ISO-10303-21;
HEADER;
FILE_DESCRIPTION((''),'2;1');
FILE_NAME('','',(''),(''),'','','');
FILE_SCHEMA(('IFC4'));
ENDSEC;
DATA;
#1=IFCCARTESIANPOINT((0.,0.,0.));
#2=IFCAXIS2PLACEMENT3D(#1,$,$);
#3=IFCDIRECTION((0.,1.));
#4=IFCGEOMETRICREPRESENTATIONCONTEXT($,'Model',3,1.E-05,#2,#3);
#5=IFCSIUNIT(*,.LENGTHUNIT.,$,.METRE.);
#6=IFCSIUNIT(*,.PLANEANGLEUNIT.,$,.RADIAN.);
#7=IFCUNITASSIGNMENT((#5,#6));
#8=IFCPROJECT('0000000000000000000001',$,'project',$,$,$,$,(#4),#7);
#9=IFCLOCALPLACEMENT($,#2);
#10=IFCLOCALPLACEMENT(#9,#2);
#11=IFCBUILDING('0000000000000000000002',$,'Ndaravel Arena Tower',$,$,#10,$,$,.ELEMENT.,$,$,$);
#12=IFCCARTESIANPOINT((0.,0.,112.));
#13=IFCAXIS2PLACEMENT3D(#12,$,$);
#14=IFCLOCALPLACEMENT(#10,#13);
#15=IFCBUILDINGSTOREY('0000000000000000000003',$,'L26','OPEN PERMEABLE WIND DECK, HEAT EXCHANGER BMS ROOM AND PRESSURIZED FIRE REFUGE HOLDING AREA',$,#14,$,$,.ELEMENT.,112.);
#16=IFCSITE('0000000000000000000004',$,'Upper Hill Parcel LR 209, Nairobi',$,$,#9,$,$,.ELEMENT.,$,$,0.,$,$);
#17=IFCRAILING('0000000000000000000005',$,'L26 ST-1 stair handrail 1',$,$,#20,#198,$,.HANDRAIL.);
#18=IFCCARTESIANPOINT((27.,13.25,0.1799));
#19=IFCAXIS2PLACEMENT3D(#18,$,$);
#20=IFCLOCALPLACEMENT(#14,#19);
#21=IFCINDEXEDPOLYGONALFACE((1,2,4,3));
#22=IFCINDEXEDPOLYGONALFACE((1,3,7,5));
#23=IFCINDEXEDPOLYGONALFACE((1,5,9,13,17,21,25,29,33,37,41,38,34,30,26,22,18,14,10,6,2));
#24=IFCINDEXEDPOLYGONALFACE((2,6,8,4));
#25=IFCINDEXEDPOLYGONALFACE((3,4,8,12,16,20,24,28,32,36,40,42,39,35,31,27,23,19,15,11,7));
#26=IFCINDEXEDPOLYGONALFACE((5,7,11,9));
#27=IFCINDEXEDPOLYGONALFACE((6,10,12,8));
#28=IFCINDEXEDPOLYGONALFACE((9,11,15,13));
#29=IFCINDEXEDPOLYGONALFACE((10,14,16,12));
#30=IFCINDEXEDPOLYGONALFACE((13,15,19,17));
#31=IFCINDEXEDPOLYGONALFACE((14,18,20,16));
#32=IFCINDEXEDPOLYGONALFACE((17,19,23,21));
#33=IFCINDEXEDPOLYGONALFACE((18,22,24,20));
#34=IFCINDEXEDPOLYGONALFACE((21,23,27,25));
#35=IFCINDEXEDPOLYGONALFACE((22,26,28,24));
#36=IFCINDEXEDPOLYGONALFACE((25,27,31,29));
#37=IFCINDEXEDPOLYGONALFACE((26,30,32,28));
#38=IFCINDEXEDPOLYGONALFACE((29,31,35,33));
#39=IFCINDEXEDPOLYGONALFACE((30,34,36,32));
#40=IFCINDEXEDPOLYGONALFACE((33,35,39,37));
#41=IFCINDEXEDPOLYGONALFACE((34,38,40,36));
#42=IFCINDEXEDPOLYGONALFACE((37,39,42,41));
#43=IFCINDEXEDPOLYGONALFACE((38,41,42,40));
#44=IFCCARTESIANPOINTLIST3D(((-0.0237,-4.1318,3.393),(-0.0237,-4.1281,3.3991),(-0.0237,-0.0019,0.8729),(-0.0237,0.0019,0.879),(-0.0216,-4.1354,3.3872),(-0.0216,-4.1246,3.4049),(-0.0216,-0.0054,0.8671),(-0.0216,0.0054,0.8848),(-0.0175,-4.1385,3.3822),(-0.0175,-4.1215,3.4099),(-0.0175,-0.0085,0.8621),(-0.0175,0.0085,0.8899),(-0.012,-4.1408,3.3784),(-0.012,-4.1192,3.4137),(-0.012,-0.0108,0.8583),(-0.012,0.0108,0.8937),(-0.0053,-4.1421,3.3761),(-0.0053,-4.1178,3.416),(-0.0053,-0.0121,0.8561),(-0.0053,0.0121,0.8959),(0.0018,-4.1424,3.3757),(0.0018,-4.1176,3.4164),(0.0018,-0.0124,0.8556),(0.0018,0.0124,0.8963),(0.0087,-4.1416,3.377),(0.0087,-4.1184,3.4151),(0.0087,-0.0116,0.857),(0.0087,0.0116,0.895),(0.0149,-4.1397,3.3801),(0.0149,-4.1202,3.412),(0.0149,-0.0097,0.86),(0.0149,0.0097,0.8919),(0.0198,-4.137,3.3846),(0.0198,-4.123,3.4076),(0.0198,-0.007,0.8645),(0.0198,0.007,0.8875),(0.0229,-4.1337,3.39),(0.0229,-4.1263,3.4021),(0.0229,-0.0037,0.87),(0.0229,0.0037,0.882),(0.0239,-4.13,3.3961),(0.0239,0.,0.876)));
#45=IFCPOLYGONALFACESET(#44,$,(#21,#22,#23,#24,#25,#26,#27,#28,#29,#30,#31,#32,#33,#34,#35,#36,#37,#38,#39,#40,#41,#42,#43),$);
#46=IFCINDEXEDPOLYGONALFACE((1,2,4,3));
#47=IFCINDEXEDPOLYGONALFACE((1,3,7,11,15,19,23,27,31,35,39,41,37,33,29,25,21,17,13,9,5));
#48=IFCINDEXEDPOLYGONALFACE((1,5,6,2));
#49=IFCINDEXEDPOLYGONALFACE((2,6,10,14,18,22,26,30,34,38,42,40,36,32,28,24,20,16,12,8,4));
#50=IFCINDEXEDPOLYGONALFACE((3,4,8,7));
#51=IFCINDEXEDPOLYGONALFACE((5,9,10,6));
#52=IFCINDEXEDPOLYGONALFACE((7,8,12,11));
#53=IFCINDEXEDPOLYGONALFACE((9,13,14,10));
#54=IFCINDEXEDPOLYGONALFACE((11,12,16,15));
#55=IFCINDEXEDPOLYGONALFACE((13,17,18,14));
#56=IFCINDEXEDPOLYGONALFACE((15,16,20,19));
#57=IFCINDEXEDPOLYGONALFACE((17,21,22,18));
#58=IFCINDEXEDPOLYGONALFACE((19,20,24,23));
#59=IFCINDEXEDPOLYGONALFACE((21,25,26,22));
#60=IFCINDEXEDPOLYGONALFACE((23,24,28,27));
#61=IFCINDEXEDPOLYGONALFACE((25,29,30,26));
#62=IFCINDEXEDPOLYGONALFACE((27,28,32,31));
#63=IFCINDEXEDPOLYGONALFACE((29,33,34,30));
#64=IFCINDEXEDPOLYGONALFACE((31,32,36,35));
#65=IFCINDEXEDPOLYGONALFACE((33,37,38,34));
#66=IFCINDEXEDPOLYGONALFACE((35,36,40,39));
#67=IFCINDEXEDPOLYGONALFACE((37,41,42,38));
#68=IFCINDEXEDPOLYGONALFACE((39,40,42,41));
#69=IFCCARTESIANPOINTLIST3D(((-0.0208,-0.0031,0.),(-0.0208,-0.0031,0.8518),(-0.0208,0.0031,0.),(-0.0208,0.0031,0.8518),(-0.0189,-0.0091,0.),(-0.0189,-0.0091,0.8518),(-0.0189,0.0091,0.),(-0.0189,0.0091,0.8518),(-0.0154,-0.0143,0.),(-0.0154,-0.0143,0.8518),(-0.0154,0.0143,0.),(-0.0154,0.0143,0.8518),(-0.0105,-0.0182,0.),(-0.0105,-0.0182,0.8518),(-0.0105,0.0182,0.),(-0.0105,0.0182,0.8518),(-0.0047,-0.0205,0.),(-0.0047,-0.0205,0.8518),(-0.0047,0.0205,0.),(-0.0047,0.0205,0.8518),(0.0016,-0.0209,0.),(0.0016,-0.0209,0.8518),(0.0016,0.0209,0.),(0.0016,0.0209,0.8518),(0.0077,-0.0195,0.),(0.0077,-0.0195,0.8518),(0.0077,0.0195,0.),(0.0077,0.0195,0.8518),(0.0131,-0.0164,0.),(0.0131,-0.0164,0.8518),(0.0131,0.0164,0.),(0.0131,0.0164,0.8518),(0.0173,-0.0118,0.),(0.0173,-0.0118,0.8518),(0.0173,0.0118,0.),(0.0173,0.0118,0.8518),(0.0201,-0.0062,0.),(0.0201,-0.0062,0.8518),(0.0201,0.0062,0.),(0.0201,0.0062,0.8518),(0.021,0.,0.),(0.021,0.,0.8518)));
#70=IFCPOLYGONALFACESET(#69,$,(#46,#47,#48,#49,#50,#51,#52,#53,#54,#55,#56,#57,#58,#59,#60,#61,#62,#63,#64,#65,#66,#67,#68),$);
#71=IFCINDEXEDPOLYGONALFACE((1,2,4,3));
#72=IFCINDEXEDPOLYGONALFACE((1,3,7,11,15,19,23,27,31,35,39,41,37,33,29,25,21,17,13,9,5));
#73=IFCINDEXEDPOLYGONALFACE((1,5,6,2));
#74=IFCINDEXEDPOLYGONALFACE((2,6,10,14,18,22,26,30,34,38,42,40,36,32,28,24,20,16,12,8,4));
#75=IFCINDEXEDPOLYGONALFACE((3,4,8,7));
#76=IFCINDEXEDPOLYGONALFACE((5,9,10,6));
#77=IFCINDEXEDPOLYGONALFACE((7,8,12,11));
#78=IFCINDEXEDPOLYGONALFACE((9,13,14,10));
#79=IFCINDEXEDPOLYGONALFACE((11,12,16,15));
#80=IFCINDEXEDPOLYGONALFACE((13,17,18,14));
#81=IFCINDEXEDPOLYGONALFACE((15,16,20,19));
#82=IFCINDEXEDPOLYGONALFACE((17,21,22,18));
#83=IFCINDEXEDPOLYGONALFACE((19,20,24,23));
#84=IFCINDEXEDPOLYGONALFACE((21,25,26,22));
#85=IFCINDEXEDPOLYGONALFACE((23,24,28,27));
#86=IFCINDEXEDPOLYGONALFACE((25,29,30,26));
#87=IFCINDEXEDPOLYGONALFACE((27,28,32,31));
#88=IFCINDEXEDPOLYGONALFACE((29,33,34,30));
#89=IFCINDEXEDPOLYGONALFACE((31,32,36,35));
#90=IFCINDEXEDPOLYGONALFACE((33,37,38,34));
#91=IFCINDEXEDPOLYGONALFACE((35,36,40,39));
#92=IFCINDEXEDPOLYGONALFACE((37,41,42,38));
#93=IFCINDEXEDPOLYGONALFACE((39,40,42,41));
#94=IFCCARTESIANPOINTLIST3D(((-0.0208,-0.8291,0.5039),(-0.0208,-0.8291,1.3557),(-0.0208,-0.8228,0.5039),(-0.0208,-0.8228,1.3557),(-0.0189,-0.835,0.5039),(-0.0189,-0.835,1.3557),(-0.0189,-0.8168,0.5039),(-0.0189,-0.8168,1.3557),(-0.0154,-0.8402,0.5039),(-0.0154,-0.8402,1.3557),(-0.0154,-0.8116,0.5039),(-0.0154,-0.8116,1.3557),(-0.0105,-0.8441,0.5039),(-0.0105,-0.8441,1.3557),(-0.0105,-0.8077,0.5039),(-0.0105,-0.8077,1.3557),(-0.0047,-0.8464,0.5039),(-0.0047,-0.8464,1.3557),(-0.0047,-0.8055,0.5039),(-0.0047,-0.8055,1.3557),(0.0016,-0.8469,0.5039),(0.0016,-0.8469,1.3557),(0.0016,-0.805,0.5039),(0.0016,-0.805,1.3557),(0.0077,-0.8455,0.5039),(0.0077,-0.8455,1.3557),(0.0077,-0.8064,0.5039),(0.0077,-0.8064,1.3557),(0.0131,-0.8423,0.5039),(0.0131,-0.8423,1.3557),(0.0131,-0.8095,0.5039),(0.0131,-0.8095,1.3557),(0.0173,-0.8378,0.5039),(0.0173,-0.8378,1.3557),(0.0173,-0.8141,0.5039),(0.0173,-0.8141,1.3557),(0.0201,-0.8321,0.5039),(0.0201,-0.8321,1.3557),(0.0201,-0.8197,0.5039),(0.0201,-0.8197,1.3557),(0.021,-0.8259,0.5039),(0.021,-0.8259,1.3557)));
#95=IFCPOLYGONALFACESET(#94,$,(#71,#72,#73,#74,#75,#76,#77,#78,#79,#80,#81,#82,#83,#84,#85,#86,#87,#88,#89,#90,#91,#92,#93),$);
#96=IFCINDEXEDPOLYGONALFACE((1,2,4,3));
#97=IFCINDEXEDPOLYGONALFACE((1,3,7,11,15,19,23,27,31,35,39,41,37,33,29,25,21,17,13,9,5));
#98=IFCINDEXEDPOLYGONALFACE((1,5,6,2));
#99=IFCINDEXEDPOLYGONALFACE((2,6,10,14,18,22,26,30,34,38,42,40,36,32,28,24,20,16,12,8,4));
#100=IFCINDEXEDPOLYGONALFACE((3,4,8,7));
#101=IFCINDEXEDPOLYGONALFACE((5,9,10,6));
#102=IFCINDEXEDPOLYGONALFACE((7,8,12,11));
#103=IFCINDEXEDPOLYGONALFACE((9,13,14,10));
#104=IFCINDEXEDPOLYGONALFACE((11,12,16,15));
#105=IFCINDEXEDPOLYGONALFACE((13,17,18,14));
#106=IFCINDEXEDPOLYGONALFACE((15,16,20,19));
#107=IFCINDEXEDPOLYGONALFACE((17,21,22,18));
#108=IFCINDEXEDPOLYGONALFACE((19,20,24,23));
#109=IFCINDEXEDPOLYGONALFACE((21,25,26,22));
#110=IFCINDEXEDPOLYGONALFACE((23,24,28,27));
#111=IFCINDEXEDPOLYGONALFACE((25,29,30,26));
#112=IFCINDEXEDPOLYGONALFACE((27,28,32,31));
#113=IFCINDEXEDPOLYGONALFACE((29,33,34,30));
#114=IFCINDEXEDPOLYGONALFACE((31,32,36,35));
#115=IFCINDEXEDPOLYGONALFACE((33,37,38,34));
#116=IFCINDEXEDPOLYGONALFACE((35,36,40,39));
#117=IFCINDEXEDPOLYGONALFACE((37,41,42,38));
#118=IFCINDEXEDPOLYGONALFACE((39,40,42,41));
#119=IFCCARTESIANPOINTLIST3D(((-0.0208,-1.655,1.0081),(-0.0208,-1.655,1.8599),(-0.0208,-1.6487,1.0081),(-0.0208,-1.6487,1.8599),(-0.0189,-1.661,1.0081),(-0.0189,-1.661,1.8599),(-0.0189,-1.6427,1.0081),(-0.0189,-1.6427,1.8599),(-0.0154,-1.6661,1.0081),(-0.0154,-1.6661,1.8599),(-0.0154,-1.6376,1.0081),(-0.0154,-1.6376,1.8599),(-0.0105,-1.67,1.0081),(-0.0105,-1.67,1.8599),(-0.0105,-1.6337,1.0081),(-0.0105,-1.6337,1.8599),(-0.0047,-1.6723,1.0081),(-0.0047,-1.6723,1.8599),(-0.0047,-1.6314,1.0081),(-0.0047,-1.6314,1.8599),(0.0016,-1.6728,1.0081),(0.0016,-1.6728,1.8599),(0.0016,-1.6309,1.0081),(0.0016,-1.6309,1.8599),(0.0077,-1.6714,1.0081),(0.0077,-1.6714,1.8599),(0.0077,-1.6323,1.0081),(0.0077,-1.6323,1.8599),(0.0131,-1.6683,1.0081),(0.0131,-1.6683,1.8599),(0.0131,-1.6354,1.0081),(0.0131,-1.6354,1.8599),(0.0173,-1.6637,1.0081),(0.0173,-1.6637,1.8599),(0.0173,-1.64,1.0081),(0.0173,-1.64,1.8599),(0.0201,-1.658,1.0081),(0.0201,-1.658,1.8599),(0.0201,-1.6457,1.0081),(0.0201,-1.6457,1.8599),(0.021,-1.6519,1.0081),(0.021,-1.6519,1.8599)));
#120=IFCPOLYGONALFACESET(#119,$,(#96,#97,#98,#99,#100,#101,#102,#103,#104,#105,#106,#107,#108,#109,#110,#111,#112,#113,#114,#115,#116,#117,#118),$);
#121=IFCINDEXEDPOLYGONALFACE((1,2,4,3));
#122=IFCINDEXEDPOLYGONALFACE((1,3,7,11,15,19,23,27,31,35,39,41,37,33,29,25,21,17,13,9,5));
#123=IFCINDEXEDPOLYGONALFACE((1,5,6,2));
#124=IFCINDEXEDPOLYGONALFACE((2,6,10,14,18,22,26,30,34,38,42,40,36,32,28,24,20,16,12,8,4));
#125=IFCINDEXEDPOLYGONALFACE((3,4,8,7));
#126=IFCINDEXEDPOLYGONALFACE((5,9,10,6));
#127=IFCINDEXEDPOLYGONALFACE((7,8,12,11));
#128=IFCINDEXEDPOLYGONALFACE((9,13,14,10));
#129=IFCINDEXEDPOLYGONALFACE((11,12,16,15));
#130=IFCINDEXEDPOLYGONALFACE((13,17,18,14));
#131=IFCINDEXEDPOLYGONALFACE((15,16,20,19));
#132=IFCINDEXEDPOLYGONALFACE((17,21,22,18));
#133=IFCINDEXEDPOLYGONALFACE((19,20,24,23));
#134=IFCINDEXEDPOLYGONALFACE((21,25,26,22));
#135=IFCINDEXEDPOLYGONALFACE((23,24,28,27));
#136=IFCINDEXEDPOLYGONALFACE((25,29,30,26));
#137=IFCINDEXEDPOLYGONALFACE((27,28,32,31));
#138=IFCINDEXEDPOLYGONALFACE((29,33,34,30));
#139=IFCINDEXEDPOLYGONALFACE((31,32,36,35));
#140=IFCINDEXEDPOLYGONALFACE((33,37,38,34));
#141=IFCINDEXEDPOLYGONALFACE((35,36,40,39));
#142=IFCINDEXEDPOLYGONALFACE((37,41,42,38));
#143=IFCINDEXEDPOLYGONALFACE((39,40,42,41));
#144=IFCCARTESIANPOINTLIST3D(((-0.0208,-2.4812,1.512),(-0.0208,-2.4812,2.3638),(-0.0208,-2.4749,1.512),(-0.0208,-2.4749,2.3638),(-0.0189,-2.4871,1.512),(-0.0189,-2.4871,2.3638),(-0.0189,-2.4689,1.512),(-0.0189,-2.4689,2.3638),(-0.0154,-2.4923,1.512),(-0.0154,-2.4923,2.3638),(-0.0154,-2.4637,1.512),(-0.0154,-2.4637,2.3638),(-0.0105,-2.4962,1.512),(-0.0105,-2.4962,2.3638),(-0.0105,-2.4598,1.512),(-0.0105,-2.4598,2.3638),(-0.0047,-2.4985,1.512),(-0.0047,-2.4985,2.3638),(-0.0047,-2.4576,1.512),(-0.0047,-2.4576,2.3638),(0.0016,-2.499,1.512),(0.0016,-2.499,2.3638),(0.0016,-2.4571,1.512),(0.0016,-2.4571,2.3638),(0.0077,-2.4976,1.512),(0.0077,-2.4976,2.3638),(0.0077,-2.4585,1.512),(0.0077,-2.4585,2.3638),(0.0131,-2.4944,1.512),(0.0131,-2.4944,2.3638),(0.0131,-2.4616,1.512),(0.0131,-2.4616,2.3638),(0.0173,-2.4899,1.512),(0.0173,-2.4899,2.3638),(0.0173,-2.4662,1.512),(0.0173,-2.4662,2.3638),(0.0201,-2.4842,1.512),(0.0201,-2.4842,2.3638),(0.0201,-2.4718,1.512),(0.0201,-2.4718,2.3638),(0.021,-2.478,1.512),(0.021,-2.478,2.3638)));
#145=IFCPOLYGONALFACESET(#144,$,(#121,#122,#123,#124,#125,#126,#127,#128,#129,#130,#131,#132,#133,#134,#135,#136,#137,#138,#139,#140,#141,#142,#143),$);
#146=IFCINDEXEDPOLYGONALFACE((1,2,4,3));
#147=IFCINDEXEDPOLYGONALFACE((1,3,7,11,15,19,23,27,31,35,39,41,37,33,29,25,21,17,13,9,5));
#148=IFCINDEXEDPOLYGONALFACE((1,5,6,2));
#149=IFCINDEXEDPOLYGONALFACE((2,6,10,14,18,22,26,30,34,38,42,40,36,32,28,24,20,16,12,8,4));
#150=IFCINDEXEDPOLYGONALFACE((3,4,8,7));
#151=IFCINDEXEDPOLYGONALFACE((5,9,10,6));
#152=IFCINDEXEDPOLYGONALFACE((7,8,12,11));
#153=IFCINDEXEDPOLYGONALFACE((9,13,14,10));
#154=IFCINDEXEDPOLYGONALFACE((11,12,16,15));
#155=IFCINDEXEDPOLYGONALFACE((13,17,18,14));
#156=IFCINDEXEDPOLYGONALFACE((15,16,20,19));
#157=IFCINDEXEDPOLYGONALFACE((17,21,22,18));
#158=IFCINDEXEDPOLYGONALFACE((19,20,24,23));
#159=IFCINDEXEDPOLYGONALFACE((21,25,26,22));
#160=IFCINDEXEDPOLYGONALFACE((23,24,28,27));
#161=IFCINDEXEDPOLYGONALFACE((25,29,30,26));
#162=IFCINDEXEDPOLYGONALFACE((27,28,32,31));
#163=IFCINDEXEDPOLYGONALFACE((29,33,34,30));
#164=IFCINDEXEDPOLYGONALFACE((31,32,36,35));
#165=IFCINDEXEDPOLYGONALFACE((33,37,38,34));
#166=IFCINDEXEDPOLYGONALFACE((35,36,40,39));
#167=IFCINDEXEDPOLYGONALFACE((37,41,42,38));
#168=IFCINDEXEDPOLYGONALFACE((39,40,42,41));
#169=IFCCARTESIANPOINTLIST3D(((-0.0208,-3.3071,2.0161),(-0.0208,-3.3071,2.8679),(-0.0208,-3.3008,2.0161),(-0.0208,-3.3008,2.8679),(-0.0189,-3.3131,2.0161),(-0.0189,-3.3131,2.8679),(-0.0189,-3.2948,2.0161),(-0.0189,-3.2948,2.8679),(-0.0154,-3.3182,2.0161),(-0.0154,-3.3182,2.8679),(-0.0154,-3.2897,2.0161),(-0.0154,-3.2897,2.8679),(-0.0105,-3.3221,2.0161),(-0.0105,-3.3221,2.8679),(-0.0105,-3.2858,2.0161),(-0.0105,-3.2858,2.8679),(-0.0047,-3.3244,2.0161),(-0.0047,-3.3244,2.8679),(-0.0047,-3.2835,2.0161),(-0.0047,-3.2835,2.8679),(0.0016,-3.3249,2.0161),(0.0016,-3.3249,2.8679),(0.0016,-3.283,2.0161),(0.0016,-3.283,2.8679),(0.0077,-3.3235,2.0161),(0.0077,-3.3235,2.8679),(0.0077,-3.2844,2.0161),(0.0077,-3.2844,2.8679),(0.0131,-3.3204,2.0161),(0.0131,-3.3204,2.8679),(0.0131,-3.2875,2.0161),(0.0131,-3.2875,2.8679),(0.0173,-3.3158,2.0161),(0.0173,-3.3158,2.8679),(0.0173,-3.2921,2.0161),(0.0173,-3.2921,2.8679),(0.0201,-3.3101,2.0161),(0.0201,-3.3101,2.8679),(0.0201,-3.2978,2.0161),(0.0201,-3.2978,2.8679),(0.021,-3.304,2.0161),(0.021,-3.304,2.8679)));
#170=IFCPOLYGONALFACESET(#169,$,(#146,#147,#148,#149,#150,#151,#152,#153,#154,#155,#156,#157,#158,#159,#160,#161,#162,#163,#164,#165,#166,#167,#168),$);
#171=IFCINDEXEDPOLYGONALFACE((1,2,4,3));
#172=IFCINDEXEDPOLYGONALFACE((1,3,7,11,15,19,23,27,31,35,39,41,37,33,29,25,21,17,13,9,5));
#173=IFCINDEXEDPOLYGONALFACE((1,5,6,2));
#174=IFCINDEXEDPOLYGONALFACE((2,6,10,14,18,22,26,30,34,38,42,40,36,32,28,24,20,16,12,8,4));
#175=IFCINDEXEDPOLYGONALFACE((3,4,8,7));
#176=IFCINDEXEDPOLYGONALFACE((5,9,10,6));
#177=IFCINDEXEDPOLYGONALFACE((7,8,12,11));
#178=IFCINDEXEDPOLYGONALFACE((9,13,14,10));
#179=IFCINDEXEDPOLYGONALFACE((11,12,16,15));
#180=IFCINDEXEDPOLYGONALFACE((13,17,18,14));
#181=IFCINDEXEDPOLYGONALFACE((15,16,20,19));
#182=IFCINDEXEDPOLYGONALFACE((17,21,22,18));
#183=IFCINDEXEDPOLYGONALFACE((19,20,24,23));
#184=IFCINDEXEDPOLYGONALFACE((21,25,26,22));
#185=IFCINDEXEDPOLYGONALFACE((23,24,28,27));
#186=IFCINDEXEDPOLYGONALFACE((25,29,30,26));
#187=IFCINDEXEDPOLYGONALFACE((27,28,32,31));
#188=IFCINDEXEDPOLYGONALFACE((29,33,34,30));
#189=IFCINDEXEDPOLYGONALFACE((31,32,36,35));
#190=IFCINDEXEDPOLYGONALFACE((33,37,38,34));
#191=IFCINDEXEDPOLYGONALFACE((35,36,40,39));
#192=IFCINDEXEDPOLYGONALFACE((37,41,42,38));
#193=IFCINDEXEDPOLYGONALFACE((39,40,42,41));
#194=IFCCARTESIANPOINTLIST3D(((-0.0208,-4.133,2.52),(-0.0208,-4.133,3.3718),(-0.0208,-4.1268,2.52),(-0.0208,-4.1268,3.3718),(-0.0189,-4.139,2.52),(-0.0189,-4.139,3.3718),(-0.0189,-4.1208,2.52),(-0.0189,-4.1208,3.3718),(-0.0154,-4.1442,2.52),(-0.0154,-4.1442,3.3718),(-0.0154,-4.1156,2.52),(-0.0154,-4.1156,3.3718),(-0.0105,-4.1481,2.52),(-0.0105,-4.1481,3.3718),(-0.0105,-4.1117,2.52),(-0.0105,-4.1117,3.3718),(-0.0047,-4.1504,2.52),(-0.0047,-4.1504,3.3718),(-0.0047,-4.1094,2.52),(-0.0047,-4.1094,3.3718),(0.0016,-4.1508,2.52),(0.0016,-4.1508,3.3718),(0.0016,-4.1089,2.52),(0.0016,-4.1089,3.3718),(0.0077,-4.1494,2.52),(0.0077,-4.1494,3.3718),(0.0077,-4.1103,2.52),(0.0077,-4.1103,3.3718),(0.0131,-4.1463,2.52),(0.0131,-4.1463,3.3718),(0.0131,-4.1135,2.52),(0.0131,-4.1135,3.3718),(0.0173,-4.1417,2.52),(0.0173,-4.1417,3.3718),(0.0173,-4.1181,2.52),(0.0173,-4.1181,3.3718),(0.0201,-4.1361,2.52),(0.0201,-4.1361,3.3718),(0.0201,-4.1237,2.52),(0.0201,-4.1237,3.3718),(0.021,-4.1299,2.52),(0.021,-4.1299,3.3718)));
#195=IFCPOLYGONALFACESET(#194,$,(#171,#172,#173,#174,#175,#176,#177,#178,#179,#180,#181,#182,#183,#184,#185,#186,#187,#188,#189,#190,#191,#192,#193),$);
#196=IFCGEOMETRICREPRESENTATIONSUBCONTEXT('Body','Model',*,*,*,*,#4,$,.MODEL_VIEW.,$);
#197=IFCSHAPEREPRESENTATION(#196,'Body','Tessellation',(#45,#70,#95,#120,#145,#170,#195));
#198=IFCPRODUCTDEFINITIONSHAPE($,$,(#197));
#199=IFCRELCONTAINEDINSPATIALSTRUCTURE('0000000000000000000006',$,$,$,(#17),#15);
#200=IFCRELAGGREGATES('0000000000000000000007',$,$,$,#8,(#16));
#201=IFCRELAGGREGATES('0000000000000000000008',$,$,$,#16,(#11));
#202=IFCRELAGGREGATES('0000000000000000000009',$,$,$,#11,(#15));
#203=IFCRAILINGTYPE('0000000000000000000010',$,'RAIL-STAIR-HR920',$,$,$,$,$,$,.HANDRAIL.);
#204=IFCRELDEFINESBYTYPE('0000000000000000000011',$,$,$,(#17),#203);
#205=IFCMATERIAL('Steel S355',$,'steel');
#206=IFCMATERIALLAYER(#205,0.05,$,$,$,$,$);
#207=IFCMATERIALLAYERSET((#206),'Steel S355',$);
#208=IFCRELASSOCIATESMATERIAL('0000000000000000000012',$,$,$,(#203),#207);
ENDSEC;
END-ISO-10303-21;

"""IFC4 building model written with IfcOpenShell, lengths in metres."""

from ifc_helpers import new_model, si_unit, direction, frame, origin, origin_2d, place, context, subcontext, project, spatial, circle, extrude, material, layer, layer_set, type_object, element, save


model = new_model("IFC4")

# Units and contexts
model_context = context("Model", 3, precision=1e-05, world=origin(), true_north=direction((0.0, 1.0)))
body_context = subcontext(model_context, "Body", "Model", "MODEL_VIEW")
ifc_project = project(units=[si_unit("LENGTHUNIT", "METRE"), si_unit("PLANEANGLEUNIT", "RADIAN")], contexts=[model_context])

# Site, building, storey
site_placement = place(None, origin())
site = spatial("IfcSite", under=ifc_project, at=site_placement, Name="Upper Hill Parcel LR 209, Nairobi", CompositionType="ELEMENT", RefElevation=0.0)
building_placement = place(site_placement, origin())
building = spatial("IfcBuilding", under=site, at=building_placement, Name="Ndaravel Arena Tower", CompositionType="ELEMENT")
storey_placement = place(building_placement, frame((0.0, 0.0, 112.0)))
storey = spatial("IfcBuildingStorey", under=building, at=storey_placement, Name="L26", Description="OPEN PERMEABLE WIND DECK, HEAT EXCHANGER BMS ROOM AND PRESSURIZED FIRE REFUGE HOLDING AREA", CompositionType="ELEMENT", Elevation=112.0)

# Railing
ifc_material_1 = material(Name="Steel S355", Category="steel")
ifc_layer_1 = layer(ifc_material_1, 0.05)
ifc_layer_set_1 = layer_set([ifc_layer_1], Name="Steel S355")
railing_type_1 = type_object("IfcRailingType", Name="RAIL-STAIR-HR920", PredefinedType="HANDRAIL", material=ifc_layer_set_1)
railing_1_placement = place(storey_placement, frame((27.0, 13.25, 0.1799)))
element("IfcRailing", 1, at=railing_1_placement, inside=storey, type_object=railing_type_1, Name="L26 ST-1 stair handrail 1", PredefinedType="HANDRAIL", context=body_context, shape_type="SweptSolid", body=[
    extrude(circle(Radius=0.0239, at=origin_2d()), frame((0.0, 0.0, 0.876), z_axis=(0.0, -0.853631, 0.520878), x_axis=(1.0, 0.0, 0.0)), (0.0, 0.0, 1.0), 4.8381),
    extrude(circle(Radius=0.021, at=origin_2d()), origin(), (0.0, 0.0, 1.0), 0.8518),
    extrude(circle(Radius=0.021, at=origin_2d()), frame((0.0, -0.8259, 0.5039)), (0.0, 0.0, 1.0), 0.8518),
    extrude(circle(Radius=0.021, at=origin_2d()), frame((0.0, -1.6519, 1.0081)), (0.0, 0.0, 1.0), 0.8518),
    extrude(circle(Radius=0.021, at=origin_2d()), frame((0.0, -2.478, 1.512)), (0.0, 0.0, 1.0), 0.8518),
    extrude(circle(Radius=0.021, at=origin_2d()), frame((0.0, -3.304, 2.0161)), (0.0, 0.0, 1.0), 0.8518),
    extrude(circle(Radius=0.021, at=origin_2d()), frame((0.0, -4.1299, 2.52)), (0.0, 0.0, 1.0), 0.8518),
])

save(model, "model.ifc")
